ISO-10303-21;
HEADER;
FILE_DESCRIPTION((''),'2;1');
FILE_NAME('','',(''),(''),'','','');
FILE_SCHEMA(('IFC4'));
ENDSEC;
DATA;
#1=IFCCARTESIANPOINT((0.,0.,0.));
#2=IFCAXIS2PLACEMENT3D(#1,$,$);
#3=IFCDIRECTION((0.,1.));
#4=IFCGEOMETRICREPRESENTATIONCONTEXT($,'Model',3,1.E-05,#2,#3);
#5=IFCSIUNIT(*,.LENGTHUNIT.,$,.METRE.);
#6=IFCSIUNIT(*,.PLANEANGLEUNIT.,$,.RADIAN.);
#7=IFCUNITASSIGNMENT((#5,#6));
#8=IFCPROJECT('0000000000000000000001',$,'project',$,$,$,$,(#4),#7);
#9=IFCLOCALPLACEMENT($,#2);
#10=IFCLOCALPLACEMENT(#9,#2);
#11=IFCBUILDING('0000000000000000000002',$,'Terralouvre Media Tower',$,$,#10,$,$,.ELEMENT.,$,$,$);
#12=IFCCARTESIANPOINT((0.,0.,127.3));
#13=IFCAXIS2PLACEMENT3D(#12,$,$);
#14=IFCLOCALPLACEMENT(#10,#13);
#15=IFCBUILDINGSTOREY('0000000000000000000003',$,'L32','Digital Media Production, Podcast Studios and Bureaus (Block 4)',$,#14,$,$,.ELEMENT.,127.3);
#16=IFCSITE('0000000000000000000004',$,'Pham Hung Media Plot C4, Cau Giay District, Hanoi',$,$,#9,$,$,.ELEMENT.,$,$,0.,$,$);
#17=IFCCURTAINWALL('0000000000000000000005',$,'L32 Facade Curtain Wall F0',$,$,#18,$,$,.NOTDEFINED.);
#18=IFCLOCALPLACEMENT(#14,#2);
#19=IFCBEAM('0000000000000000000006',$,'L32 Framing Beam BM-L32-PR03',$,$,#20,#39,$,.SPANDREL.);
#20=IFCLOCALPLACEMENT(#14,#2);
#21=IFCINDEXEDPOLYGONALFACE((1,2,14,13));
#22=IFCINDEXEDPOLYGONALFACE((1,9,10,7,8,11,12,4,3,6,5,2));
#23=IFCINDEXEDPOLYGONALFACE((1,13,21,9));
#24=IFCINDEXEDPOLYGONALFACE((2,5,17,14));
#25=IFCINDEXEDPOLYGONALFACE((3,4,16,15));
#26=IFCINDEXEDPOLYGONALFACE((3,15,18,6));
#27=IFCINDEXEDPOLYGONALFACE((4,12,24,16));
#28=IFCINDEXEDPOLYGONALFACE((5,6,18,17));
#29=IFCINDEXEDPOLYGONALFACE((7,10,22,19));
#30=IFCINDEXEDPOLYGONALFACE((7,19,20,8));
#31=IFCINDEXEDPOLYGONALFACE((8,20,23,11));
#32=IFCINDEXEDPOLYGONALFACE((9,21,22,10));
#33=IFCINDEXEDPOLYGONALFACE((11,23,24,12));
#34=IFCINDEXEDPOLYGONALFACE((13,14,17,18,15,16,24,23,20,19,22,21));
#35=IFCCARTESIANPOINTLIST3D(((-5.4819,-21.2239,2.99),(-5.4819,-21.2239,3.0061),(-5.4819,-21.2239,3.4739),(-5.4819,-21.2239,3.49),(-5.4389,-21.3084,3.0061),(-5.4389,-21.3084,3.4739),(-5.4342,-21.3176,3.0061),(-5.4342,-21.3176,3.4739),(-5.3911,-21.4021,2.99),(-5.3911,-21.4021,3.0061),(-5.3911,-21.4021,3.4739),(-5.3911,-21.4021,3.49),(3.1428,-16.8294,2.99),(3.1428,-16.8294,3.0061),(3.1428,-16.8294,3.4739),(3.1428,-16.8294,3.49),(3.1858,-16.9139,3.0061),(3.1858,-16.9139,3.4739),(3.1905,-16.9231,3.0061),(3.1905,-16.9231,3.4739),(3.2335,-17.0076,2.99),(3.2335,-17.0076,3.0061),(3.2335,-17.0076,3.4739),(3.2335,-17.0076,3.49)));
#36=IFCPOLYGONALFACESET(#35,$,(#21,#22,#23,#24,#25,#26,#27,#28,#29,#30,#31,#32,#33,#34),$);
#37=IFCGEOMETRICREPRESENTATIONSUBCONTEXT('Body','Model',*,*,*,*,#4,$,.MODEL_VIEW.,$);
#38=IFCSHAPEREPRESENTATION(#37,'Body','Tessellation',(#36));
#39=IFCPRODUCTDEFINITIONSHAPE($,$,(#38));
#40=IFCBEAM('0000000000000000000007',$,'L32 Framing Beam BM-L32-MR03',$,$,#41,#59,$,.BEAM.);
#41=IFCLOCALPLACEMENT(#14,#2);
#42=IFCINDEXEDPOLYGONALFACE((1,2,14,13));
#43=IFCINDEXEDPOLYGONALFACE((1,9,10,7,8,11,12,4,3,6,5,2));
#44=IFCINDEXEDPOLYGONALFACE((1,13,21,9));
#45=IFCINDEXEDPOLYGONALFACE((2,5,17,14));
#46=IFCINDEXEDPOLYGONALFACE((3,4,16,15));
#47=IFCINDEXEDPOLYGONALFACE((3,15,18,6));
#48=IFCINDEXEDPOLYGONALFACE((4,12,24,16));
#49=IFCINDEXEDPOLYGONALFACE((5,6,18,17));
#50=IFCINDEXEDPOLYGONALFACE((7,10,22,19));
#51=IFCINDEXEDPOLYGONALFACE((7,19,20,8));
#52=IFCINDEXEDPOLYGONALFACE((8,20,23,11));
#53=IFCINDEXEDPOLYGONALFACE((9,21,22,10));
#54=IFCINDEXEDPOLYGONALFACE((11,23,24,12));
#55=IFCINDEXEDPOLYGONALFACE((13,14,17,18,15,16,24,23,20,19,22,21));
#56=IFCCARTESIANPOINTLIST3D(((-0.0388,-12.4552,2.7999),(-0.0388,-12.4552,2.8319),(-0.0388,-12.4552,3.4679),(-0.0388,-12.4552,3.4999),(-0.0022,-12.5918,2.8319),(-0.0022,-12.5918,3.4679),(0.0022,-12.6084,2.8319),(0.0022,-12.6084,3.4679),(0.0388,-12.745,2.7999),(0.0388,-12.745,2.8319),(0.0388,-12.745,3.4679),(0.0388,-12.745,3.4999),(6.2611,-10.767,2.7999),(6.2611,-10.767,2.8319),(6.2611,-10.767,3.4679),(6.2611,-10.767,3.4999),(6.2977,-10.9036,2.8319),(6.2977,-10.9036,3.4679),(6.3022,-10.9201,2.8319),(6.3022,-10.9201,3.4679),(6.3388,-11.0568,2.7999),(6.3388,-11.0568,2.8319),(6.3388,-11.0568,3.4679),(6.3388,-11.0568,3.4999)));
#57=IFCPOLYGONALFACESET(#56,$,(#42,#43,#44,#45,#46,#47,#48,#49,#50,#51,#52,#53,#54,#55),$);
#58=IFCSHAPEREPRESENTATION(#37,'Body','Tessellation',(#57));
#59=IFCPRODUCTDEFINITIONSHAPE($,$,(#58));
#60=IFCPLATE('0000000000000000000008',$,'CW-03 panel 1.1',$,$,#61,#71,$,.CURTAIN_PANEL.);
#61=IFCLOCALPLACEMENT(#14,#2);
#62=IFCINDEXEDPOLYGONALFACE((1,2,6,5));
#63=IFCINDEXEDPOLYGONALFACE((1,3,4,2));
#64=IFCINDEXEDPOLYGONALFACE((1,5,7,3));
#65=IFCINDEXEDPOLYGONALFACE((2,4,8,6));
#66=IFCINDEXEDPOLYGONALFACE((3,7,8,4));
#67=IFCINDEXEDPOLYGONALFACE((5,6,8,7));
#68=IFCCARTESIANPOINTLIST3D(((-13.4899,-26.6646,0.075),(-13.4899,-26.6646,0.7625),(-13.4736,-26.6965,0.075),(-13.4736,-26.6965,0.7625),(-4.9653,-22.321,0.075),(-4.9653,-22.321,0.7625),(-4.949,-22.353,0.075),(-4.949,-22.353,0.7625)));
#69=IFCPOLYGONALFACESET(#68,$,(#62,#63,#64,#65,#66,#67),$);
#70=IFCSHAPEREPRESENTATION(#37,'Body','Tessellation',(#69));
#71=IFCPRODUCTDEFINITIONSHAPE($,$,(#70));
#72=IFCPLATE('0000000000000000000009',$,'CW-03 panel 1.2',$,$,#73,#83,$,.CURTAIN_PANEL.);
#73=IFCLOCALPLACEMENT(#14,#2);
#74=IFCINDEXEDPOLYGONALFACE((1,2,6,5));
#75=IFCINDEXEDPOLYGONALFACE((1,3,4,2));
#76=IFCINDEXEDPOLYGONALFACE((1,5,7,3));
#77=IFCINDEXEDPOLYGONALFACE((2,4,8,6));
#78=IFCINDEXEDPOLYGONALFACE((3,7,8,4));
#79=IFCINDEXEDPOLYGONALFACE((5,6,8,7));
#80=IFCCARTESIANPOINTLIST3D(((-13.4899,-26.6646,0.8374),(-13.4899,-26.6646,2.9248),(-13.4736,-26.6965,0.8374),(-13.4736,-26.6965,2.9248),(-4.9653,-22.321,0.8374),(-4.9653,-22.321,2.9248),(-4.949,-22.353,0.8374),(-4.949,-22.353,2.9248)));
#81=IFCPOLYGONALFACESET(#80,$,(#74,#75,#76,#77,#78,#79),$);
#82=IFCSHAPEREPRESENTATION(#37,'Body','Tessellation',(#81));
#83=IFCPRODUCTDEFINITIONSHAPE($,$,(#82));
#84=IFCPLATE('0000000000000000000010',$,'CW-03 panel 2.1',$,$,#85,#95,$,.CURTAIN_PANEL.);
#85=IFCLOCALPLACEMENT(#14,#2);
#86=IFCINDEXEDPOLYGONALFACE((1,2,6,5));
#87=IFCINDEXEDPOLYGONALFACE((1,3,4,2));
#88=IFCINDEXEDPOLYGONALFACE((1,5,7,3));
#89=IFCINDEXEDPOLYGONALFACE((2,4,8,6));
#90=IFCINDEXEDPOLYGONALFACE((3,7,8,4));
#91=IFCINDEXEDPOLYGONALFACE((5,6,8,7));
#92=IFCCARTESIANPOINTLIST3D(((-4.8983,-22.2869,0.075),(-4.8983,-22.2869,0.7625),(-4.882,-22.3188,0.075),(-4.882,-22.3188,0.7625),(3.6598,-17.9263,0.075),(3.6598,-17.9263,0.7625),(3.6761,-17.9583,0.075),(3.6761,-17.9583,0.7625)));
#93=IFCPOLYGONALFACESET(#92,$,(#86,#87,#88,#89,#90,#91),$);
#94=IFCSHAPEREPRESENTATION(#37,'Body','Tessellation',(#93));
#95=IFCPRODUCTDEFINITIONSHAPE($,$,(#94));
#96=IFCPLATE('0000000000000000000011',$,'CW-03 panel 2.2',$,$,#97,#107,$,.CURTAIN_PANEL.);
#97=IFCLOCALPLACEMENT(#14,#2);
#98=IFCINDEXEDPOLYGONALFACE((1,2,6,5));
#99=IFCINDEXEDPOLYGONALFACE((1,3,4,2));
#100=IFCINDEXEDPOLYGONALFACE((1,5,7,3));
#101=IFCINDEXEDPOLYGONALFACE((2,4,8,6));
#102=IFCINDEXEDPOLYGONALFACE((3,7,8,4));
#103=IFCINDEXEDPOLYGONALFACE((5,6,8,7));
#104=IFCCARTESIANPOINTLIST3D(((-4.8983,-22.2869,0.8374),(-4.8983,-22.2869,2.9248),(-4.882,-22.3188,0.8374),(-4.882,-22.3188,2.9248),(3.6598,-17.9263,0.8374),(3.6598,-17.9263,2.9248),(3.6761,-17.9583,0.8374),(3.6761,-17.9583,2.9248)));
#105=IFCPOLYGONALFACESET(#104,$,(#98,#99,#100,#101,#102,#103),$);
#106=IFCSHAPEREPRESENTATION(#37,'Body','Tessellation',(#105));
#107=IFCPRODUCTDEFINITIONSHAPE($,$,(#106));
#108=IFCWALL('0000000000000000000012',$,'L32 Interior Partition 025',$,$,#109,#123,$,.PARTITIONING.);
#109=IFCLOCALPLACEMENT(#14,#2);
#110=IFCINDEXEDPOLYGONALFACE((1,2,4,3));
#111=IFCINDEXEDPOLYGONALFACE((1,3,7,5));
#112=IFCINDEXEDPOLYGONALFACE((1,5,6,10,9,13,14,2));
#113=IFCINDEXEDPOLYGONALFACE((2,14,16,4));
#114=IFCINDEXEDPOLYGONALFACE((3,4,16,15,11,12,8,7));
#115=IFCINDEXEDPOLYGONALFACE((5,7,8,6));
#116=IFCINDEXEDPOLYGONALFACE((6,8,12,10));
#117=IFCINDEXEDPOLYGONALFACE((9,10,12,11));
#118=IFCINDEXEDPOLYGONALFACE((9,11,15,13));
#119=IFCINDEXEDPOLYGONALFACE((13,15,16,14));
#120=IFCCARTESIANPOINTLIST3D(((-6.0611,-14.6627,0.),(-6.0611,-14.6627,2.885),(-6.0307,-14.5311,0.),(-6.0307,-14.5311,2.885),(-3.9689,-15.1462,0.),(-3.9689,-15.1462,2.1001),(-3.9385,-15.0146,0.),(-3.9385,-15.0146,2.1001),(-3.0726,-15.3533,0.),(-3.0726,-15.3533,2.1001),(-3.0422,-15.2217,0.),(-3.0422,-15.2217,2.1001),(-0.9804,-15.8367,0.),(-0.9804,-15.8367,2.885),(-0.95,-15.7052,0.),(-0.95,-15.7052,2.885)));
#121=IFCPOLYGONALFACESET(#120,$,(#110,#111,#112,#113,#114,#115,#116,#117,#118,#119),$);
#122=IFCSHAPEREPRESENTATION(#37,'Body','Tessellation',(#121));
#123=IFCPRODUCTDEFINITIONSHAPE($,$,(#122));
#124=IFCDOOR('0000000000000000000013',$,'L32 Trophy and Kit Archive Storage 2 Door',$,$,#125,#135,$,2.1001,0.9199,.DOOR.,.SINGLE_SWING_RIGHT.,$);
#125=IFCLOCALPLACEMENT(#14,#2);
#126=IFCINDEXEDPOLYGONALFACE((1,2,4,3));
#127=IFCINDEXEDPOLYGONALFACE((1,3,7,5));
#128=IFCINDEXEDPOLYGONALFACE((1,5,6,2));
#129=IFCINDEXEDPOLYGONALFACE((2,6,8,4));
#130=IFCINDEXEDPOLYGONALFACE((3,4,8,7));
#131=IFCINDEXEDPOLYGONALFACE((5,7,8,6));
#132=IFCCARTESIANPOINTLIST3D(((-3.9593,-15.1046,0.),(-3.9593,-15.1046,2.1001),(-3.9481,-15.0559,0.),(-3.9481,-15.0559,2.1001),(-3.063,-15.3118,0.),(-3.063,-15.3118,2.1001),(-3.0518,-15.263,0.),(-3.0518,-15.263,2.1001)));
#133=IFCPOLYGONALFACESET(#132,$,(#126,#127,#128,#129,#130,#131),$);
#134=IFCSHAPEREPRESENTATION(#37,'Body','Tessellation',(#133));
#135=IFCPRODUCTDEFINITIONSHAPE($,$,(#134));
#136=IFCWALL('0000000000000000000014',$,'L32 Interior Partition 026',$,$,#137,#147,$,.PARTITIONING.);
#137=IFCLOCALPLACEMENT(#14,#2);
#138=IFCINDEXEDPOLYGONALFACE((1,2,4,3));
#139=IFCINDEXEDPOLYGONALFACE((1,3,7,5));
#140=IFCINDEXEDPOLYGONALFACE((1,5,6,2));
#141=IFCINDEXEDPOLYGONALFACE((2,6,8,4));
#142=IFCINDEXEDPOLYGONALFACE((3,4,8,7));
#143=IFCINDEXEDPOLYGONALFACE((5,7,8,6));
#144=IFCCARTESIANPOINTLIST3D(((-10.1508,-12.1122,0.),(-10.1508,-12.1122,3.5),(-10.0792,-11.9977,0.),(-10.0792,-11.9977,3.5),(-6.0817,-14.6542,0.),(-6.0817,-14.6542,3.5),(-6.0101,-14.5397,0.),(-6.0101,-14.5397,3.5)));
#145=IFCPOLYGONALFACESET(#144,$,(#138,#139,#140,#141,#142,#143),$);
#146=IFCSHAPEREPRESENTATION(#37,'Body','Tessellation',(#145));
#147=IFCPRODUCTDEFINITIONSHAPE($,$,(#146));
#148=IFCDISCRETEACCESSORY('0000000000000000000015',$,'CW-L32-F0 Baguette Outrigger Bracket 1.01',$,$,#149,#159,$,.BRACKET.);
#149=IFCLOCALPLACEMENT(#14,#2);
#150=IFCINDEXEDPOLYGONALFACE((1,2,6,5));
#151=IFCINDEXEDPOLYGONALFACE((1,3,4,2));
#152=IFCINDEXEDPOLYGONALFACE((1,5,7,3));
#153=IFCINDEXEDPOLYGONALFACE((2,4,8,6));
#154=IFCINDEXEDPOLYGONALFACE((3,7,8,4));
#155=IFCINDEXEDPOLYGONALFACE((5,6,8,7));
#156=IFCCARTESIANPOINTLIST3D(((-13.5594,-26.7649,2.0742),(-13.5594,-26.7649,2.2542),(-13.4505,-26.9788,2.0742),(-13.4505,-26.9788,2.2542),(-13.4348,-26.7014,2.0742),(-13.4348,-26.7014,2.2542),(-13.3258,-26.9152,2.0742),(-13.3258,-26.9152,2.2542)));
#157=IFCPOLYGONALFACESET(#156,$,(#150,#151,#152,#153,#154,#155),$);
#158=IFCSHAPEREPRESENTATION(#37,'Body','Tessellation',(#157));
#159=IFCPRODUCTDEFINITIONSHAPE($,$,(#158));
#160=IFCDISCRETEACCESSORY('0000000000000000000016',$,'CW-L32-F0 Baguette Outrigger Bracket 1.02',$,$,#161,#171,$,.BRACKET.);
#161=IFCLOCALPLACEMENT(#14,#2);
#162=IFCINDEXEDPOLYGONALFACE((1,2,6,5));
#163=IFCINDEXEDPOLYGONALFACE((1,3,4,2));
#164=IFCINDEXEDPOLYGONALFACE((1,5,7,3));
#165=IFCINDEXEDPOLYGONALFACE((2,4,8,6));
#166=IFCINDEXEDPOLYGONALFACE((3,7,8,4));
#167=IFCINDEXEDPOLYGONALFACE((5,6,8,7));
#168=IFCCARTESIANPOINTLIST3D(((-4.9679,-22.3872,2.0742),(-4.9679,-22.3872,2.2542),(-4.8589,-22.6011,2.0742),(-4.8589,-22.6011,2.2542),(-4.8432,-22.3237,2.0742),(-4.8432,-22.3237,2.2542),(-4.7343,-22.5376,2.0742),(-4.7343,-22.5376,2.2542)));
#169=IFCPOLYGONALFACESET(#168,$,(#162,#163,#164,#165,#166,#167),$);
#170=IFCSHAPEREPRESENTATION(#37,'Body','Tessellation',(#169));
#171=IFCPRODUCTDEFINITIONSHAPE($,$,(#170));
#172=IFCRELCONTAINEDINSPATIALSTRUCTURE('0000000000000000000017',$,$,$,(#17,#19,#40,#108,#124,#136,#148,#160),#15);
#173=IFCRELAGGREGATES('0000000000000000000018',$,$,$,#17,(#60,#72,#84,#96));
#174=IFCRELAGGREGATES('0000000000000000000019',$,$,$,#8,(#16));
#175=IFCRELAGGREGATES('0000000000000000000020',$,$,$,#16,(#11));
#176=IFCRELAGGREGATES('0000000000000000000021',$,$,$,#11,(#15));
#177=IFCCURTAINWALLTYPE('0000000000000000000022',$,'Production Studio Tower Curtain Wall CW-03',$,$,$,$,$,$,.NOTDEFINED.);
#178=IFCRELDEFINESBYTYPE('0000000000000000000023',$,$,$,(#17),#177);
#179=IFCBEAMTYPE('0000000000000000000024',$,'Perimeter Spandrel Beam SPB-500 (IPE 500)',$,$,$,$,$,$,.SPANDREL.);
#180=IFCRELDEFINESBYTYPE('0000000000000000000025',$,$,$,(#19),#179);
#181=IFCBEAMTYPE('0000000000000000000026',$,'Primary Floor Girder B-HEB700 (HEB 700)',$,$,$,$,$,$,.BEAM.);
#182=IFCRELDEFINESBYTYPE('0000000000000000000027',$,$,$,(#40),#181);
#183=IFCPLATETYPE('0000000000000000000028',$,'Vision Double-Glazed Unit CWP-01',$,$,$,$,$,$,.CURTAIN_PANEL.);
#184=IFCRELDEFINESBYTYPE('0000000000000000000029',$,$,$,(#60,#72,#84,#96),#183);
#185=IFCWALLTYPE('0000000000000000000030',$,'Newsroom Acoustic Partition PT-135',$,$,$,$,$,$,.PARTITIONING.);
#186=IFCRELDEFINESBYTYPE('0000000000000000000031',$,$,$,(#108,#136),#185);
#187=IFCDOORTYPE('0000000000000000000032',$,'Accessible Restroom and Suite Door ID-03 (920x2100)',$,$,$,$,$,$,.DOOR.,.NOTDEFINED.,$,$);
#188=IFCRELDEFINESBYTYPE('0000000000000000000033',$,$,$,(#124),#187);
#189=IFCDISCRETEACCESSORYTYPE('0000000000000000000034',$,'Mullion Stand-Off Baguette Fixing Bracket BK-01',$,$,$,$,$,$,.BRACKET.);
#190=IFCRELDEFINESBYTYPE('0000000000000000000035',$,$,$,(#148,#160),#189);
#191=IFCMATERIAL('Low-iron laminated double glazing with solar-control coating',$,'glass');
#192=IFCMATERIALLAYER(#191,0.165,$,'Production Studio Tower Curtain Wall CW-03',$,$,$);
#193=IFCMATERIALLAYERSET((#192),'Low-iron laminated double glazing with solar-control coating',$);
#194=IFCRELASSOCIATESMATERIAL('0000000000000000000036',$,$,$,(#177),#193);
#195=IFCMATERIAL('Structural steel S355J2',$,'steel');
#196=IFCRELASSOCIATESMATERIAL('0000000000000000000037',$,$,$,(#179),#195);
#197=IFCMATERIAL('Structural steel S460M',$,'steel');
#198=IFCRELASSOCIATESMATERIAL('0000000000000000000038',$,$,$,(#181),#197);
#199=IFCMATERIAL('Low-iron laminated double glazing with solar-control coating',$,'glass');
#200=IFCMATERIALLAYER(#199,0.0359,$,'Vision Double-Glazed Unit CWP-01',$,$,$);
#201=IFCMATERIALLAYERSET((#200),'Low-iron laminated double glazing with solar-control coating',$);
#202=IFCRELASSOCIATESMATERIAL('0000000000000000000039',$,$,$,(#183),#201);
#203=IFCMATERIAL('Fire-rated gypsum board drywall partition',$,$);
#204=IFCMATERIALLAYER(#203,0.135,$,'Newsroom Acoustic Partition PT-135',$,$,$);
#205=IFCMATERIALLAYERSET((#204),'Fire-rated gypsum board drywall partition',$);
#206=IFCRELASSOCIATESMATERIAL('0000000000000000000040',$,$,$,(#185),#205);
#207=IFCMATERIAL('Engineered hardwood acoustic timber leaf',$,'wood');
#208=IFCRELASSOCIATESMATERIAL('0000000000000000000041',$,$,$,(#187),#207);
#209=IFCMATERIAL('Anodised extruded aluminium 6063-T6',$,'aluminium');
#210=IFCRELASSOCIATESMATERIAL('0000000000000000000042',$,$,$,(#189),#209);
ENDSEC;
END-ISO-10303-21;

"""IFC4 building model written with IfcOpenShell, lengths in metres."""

from ifc_helpers import new_model, si_unit, direction, frame, frame_2d, origin, origin_2d, place, context, subcontext, project, spatial, rectangle, i_section, extrude, material, layer, layer_set, material_profile, profile_set, type_object, element, fill, aggregate, save


model = new_model("IFC4")

# Units and contexts
model_context = context("Model", 3, precision=1e-05, world=origin(), true_north=direction((0.0, 1.0)))
body_context = subcontext(model_context, "Body", "Model", "MODEL_VIEW")
ifc_project = project(units=[si_unit("LENGTHUNIT", "METRE"), si_unit("PLANEANGLEUNIT", "RADIAN")], contexts=[model_context])

# Site, building, storey
site_placement = place(None, origin())
site = spatial("IfcSite", under=ifc_project, at=site_placement, Name="Pham Hung Media Plot C4, Cau Giay District, Hanoi", CompositionType="ELEMENT", RefElevation=0.0)
building_placement = place(site_placement, origin())
building = spatial("IfcBuilding", under=site, at=building_placement, Name="Terralouvre Media Tower", CompositionType="ELEMENT")
storey_placement = place(building_placement, frame((0.0, 0.0, 127.3)))
storey = spatial("IfcBuildingStorey", under=building, at=storey_placement, Name="L32", Description="Digital Media Production, Podcast Studios and Bureaus (Block 4)", CompositionType="ELEMENT", Elevation=127.3)

# Curtain wall
ifc_material_1 = material(Name="Low-iron laminated double glazing with solar-control coating", Category="glass")
ifc_layer_1 = layer(ifc_material_1, 0.165, Name="Production Studio Tower Curtain Wall CW-03")
ifc_layer_set_1 = layer_set([ifc_layer_1], Name="Low-iron laminated double glazing with solar-control coating")
curtain_wall_type_1 = type_object("IfcCurtainWallType", Name="Production Studio Tower Curtain Wall CW-03", PredefinedType="NOTDEFINED", material=ifc_layer_set_1)
curtain_wall_1_placement = place(storey_placement, origin())
curtain_wall_1 = element("IfcCurtainWall", 1, at=curtain_wall_1_placement, inside=storey, type_object=curtain_wall_type_1, Name="L32 Facade Curtain Wall F0", PredefinedType="NOTDEFINED")

# Beams
ifc_material_2 = material(Name="Structural steel S355J2", Category="steel")
ifc_material_profile_1 = material_profile(ifc_material_2, i_section(OverallWidth=0.2, OverallDepth=0.5, WebThickness=0.0103, FlangeThickness=0.0161, at=origin_2d()), Name="IPE 500")
ifc_profile_set_1 = profile_set([ifc_material_profile_1], Name="Structural steel S355J2")
beam_type_1 = type_object("IfcBeamType", Name="Perimeter Spandrel Beam SPB-500 (IPE 500)", PredefinedType="SPANDREL", material=ifc_profile_set_1)
beam_1_placement = place(storey_placement, frame((-5.4365, -21.313, 3.24), z_axis=(0.891007, 0.45399, 0.0), x_axis=(-0.45399, 0.891007, 0.0)))
element("IfcBeam", 2, at=beam_1_placement, inside=storey, type_object=beam_type_1, Name="L32 Framing Beam BM-L32-PR03", PredefinedType="SPANDREL", context=body_context, shape_type="SweptSolid", body=[
    extrude(i_section(OverallWidth=0.2, OverallDepth=0.5, WebThickness=0.0103, FlangeThickness=0.0161, at=origin_2d()), origin(), (0.0, 0.0, 1.0), 9.6797),
])
ifc_material_3 = material(Name="Structural steel S460M", Category="steel")
ifc_material_profile_2 = material_profile(ifc_material_3, i_section(OverallWidth=0.3, OverallDepth=0.7, WebThickness=0.0171, FlangeThickness=0.032, at=origin_2d()), Name="HEB 700")
ifc_profile_set_2 = profile_set([ifc_material_profile_2], Name="Structural steel S460M")
beam_type_2 = type_object("IfcBeamType", Name="Primary Floor Girder B-HEB700 (HEB 700)", PredefinedType="BEAM", material=ifc_profile_set_2)
beam_2_placement = place(storey_placement, frame((0.0, -12.6001, 3.1499), z_axis=(0.96592, 0.258839, 0.0), x_axis=(-0.258839, 0.96592, 0.0)))
element("IfcBeam", 3, at=beam_2_placement, inside=storey, type_object=beam_type_2, Name="L32 Framing Beam BM-L32-MR03", PredefinedType="BEAM", context=body_context, shape_type="SweptSolid", body=[
    extrude(i_section(OverallWidth=0.3, OverallDepth=0.7, WebThickness=0.0171, FlangeThickness=0.032, at=origin_2d()), origin(), (0.0, 0.0, 1.0), 6.5222),
])

# Plates
ifc_material_4 = material(Name="Low-iron laminated double glazing with solar-control coating", Category="glass")
ifc_layer_2 = layer(ifc_material_4, 0.0359, Name="Vision Double-Glazed Unit CWP-01")
ifc_layer_set_2 = layer_set([ifc_layer_2], Name="Low-iron laminated double glazing with solar-control coating")
plate_type = type_object("IfcPlateType", Name="Vision Double-Glazed Unit CWP-01", PredefinedType="CURTAIN_PANEL", material=ifc_layer_set_2)
plate_1_placement = place(storey_placement, frame((-9.2195, -24.5088, 0.075), z_axis=(0.0, 0.0, 1.0), x_axis=(0.891007, 0.453991, 0.0)))
plate_1 = element("IfcPlate", 4, at=plate_1_placement, type_object=plate_type, Name="CW-03 panel 1.1", PredefinedType="CURTAIN_PANEL", context=body_context, shape_type="SweptSolid", body=[
    extrude(rectangle(XDim=9.5674, YDim=0.0359, at=origin_2d()), origin(), (0.0, 0.0, 1.0), 0.6875),
])
plate_2_placement = place(storey_placement, frame((-9.2195, -24.5088, 0.8374), z_axis=(0.0, 0.0, 1.0), x_axis=(0.891007, 0.453991, 0.0)))
plate_2 = element("IfcPlate", 5, at=plate_2_placement, type_object=plate_type, Name="CW-03 panel 1.2", PredefinedType="CURTAIN_PANEL", context=body_context, shape_type="SweptSolid", body=[
    extrude(rectangle(XDim=9.5674, YDim=0.0359, at=origin_2d()), origin(), (0.0, 0.0, 1.0), 2.0874),
])
plate_3_placement = place(storey_placement, frame((-0.6111, -20.1226, 0.075), z_axis=(0.0, 0.0, 1.0), x_axis=(0.891007, 0.453991, 0.0)))
plate_3 = element("IfcPlate", 6, at=plate_3_placement, type_object=plate_type, Name="CW-03 panel 2.1", PredefinedType="CURTAIN_PANEL", context=body_context, shape_type="SweptSolid", body=[
    extrude(rectangle(XDim=9.605, YDim=0.0359, at=origin_2d()), origin(), (0.0, 0.0, 1.0), 0.6875),
])
plate_4_placement = place(storey_placement, frame((-0.6111, -20.1226, 0.8374), z_axis=(0.0, 0.0, 1.0), x_axis=(0.891007, 0.453991, 0.0)))
plate_4 = element("IfcPlate", 7, at=plate_4_placement, type_object=plate_type, Name="CW-03 panel 2.2", PredefinedType="CURTAIN_PANEL", context=body_context, shape_type="SweptSolid", body=[
    extrude(rectangle(XDim=9.605, YDim=0.0359, at=origin_2d()), origin(), (0.0, 0.0, 1.0), 2.0874),
])
aggregate(curtain_wall_1, [plate_1, plate_2, plate_3, plate_4])

# Wall, opening, door
ifc_material_5 = material(Name="Fire-rated gypsum board drywall partition")
ifc_layer_3 = layer(ifc_material_5, 0.135, Name="Newsroom Acoustic Partition PT-135")
ifc_layer_set_3 = layer_set([ifc_layer_3], Name="Fire-rated gypsum board drywall partition")
wall_type = type_object("IfcWallType", Name="Newsroom Acoustic Partition PT-135", PredefinedType="PARTITIONING", material=ifc_layer_set_3)
wall_1_placement = place(storey_placement, frame((-0.9651, -15.771, 0.0), z_axis=(0.0, 0.0, 1.0), x_axis=(-0.974325, 0.225147, 0.0)))
wall_1 = element("IfcWall", 8, at=wall_1_placement, inside=storey, type_object=wall_type, Name="L32 Interior Partition 025", PredefinedType="PARTITIONING", context=body_context, shape_type="SweptSolid", body=[
    extrude(rectangle(XDim=5.2146, YDim=0.135, at=frame_2d((2.6074, 0.0))), origin(), (0.0, 0.0, 1.0), 2.885),
])
opening_placement = place(wall_1_placement, frame((2.1475, 0.0, 0.0)))
opening = element("IfcOpeningElement", 9, at=opening_placement, cuts=wall_1, PredefinedType="OPENING", context=body_context, shape_type="SweptSolid", body=[
    extrude(rectangle(XDim=0.9199, YDim=2.1001, at=frame_2d((0.46, 1.05))), frame((0.0, 0.0774, 0.0), z_axis=(0.0, -1.0, 0.0), x_axis=(1.0, 0.0, 0.0)), (0.0, 0.0, 1.0), 0.155),
])
ifc_material_6 = material(Name="Engineered hardwood acoustic timber leaf", Category="wood")
door_type = type_object("IfcDoorType", Name="Accessible Restroom and Suite Door ID-03 (920x2100)", OperationType="NOTDEFINED", PredefinedType="DOOR", material=ifc_material_6)
door_placement = place(opening_placement, origin())
door = element("IfcDoor", 10, at=door_placement, inside=storey, type_object=door_type, Name="L32 Trophy and Kit Archive Storage 2 Door", OperationType="SINGLE_SWING_RIGHT", OverallHeight=2.1001, OverallWidth=0.9199, PredefinedType="DOOR", context=body_context, shape_type="SweptSolid", body=[
    extrude(rectangle(XDim=0.9199, YDim=2.1001, at=frame_2d((0.46, 1.05))), frame((0.0, 0.0249, 0.0), z_axis=(0.0, -1.0, 0.0), x_axis=(1.0, 0.0, 0.0)), (0.0, 0.0, 1.0), 0.05),
])
fill(opening, door)

# Wall
wall_2_placement = place(storey_placement, frame((-6.0459, -14.5969, 0.0), z_axis=(0.0, 0.0, 1.0), x_axis=(-0.84811, 0.529821, 0.0)))
element("IfcWall", 11, at=wall_2_placement, inside=storey, type_object=wall_type, Name="L32 Interior Partition 026", PredefinedType="PARTITIONING", context=body_context, shape_type="SweptSolid", body=[
    extrude(rectangle(XDim=4.7979, YDim=0.135, at=frame_2d((2.3989, 0.0))), origin(), (0.0, 0.0, 1.0), 3.5),
])

# Discrete accessories
ifc_material_7 = material(Name="Anodised extruded aluminium 6063-T6", Category="aluminium")
discrete_accessory_type = type_object("IfcDiscreteAccessoryType", Name="Mullion Stand-Off Baguette Fixing Bracket BK-01", PredefinedType="BRACKET", material=ifc_material_7)
for number, where, z_axis, x_axis, name in (
    (12, (-13.4426, -26.8401, 2.0742), (0.0, 0.0, 1.0), (0.891007, 0.453991, 0.0), "CW-L32-F0 Baguette Outrigger Bracket 1.01"),
    (13, (-4.8511, -22.4624, 2.0742), (0.0, 0.0, 1.0), (0.891007, 0.453991, 0.0), "CW-L32-F0 Baguette Outrigger Bracket 1.02"),
):
    element("IfcDiscreteAccessory", number, at=place(storey_placement, frame(where, z_axis=z_axis, x_axis=x_axis)), inside=storey, type_object=discrete_accessory_type, Name=name, PredefinedType="BRACKET", context=body_context, shape_type="SweptSolid", body=[
        extrude(rectangle(XDim=0.1399, YDim=0.24, at=origin_2d()), origin(), (0.0, 0.0, 1.0), 0.1799),
    ])

save(model, "model.ifc")
